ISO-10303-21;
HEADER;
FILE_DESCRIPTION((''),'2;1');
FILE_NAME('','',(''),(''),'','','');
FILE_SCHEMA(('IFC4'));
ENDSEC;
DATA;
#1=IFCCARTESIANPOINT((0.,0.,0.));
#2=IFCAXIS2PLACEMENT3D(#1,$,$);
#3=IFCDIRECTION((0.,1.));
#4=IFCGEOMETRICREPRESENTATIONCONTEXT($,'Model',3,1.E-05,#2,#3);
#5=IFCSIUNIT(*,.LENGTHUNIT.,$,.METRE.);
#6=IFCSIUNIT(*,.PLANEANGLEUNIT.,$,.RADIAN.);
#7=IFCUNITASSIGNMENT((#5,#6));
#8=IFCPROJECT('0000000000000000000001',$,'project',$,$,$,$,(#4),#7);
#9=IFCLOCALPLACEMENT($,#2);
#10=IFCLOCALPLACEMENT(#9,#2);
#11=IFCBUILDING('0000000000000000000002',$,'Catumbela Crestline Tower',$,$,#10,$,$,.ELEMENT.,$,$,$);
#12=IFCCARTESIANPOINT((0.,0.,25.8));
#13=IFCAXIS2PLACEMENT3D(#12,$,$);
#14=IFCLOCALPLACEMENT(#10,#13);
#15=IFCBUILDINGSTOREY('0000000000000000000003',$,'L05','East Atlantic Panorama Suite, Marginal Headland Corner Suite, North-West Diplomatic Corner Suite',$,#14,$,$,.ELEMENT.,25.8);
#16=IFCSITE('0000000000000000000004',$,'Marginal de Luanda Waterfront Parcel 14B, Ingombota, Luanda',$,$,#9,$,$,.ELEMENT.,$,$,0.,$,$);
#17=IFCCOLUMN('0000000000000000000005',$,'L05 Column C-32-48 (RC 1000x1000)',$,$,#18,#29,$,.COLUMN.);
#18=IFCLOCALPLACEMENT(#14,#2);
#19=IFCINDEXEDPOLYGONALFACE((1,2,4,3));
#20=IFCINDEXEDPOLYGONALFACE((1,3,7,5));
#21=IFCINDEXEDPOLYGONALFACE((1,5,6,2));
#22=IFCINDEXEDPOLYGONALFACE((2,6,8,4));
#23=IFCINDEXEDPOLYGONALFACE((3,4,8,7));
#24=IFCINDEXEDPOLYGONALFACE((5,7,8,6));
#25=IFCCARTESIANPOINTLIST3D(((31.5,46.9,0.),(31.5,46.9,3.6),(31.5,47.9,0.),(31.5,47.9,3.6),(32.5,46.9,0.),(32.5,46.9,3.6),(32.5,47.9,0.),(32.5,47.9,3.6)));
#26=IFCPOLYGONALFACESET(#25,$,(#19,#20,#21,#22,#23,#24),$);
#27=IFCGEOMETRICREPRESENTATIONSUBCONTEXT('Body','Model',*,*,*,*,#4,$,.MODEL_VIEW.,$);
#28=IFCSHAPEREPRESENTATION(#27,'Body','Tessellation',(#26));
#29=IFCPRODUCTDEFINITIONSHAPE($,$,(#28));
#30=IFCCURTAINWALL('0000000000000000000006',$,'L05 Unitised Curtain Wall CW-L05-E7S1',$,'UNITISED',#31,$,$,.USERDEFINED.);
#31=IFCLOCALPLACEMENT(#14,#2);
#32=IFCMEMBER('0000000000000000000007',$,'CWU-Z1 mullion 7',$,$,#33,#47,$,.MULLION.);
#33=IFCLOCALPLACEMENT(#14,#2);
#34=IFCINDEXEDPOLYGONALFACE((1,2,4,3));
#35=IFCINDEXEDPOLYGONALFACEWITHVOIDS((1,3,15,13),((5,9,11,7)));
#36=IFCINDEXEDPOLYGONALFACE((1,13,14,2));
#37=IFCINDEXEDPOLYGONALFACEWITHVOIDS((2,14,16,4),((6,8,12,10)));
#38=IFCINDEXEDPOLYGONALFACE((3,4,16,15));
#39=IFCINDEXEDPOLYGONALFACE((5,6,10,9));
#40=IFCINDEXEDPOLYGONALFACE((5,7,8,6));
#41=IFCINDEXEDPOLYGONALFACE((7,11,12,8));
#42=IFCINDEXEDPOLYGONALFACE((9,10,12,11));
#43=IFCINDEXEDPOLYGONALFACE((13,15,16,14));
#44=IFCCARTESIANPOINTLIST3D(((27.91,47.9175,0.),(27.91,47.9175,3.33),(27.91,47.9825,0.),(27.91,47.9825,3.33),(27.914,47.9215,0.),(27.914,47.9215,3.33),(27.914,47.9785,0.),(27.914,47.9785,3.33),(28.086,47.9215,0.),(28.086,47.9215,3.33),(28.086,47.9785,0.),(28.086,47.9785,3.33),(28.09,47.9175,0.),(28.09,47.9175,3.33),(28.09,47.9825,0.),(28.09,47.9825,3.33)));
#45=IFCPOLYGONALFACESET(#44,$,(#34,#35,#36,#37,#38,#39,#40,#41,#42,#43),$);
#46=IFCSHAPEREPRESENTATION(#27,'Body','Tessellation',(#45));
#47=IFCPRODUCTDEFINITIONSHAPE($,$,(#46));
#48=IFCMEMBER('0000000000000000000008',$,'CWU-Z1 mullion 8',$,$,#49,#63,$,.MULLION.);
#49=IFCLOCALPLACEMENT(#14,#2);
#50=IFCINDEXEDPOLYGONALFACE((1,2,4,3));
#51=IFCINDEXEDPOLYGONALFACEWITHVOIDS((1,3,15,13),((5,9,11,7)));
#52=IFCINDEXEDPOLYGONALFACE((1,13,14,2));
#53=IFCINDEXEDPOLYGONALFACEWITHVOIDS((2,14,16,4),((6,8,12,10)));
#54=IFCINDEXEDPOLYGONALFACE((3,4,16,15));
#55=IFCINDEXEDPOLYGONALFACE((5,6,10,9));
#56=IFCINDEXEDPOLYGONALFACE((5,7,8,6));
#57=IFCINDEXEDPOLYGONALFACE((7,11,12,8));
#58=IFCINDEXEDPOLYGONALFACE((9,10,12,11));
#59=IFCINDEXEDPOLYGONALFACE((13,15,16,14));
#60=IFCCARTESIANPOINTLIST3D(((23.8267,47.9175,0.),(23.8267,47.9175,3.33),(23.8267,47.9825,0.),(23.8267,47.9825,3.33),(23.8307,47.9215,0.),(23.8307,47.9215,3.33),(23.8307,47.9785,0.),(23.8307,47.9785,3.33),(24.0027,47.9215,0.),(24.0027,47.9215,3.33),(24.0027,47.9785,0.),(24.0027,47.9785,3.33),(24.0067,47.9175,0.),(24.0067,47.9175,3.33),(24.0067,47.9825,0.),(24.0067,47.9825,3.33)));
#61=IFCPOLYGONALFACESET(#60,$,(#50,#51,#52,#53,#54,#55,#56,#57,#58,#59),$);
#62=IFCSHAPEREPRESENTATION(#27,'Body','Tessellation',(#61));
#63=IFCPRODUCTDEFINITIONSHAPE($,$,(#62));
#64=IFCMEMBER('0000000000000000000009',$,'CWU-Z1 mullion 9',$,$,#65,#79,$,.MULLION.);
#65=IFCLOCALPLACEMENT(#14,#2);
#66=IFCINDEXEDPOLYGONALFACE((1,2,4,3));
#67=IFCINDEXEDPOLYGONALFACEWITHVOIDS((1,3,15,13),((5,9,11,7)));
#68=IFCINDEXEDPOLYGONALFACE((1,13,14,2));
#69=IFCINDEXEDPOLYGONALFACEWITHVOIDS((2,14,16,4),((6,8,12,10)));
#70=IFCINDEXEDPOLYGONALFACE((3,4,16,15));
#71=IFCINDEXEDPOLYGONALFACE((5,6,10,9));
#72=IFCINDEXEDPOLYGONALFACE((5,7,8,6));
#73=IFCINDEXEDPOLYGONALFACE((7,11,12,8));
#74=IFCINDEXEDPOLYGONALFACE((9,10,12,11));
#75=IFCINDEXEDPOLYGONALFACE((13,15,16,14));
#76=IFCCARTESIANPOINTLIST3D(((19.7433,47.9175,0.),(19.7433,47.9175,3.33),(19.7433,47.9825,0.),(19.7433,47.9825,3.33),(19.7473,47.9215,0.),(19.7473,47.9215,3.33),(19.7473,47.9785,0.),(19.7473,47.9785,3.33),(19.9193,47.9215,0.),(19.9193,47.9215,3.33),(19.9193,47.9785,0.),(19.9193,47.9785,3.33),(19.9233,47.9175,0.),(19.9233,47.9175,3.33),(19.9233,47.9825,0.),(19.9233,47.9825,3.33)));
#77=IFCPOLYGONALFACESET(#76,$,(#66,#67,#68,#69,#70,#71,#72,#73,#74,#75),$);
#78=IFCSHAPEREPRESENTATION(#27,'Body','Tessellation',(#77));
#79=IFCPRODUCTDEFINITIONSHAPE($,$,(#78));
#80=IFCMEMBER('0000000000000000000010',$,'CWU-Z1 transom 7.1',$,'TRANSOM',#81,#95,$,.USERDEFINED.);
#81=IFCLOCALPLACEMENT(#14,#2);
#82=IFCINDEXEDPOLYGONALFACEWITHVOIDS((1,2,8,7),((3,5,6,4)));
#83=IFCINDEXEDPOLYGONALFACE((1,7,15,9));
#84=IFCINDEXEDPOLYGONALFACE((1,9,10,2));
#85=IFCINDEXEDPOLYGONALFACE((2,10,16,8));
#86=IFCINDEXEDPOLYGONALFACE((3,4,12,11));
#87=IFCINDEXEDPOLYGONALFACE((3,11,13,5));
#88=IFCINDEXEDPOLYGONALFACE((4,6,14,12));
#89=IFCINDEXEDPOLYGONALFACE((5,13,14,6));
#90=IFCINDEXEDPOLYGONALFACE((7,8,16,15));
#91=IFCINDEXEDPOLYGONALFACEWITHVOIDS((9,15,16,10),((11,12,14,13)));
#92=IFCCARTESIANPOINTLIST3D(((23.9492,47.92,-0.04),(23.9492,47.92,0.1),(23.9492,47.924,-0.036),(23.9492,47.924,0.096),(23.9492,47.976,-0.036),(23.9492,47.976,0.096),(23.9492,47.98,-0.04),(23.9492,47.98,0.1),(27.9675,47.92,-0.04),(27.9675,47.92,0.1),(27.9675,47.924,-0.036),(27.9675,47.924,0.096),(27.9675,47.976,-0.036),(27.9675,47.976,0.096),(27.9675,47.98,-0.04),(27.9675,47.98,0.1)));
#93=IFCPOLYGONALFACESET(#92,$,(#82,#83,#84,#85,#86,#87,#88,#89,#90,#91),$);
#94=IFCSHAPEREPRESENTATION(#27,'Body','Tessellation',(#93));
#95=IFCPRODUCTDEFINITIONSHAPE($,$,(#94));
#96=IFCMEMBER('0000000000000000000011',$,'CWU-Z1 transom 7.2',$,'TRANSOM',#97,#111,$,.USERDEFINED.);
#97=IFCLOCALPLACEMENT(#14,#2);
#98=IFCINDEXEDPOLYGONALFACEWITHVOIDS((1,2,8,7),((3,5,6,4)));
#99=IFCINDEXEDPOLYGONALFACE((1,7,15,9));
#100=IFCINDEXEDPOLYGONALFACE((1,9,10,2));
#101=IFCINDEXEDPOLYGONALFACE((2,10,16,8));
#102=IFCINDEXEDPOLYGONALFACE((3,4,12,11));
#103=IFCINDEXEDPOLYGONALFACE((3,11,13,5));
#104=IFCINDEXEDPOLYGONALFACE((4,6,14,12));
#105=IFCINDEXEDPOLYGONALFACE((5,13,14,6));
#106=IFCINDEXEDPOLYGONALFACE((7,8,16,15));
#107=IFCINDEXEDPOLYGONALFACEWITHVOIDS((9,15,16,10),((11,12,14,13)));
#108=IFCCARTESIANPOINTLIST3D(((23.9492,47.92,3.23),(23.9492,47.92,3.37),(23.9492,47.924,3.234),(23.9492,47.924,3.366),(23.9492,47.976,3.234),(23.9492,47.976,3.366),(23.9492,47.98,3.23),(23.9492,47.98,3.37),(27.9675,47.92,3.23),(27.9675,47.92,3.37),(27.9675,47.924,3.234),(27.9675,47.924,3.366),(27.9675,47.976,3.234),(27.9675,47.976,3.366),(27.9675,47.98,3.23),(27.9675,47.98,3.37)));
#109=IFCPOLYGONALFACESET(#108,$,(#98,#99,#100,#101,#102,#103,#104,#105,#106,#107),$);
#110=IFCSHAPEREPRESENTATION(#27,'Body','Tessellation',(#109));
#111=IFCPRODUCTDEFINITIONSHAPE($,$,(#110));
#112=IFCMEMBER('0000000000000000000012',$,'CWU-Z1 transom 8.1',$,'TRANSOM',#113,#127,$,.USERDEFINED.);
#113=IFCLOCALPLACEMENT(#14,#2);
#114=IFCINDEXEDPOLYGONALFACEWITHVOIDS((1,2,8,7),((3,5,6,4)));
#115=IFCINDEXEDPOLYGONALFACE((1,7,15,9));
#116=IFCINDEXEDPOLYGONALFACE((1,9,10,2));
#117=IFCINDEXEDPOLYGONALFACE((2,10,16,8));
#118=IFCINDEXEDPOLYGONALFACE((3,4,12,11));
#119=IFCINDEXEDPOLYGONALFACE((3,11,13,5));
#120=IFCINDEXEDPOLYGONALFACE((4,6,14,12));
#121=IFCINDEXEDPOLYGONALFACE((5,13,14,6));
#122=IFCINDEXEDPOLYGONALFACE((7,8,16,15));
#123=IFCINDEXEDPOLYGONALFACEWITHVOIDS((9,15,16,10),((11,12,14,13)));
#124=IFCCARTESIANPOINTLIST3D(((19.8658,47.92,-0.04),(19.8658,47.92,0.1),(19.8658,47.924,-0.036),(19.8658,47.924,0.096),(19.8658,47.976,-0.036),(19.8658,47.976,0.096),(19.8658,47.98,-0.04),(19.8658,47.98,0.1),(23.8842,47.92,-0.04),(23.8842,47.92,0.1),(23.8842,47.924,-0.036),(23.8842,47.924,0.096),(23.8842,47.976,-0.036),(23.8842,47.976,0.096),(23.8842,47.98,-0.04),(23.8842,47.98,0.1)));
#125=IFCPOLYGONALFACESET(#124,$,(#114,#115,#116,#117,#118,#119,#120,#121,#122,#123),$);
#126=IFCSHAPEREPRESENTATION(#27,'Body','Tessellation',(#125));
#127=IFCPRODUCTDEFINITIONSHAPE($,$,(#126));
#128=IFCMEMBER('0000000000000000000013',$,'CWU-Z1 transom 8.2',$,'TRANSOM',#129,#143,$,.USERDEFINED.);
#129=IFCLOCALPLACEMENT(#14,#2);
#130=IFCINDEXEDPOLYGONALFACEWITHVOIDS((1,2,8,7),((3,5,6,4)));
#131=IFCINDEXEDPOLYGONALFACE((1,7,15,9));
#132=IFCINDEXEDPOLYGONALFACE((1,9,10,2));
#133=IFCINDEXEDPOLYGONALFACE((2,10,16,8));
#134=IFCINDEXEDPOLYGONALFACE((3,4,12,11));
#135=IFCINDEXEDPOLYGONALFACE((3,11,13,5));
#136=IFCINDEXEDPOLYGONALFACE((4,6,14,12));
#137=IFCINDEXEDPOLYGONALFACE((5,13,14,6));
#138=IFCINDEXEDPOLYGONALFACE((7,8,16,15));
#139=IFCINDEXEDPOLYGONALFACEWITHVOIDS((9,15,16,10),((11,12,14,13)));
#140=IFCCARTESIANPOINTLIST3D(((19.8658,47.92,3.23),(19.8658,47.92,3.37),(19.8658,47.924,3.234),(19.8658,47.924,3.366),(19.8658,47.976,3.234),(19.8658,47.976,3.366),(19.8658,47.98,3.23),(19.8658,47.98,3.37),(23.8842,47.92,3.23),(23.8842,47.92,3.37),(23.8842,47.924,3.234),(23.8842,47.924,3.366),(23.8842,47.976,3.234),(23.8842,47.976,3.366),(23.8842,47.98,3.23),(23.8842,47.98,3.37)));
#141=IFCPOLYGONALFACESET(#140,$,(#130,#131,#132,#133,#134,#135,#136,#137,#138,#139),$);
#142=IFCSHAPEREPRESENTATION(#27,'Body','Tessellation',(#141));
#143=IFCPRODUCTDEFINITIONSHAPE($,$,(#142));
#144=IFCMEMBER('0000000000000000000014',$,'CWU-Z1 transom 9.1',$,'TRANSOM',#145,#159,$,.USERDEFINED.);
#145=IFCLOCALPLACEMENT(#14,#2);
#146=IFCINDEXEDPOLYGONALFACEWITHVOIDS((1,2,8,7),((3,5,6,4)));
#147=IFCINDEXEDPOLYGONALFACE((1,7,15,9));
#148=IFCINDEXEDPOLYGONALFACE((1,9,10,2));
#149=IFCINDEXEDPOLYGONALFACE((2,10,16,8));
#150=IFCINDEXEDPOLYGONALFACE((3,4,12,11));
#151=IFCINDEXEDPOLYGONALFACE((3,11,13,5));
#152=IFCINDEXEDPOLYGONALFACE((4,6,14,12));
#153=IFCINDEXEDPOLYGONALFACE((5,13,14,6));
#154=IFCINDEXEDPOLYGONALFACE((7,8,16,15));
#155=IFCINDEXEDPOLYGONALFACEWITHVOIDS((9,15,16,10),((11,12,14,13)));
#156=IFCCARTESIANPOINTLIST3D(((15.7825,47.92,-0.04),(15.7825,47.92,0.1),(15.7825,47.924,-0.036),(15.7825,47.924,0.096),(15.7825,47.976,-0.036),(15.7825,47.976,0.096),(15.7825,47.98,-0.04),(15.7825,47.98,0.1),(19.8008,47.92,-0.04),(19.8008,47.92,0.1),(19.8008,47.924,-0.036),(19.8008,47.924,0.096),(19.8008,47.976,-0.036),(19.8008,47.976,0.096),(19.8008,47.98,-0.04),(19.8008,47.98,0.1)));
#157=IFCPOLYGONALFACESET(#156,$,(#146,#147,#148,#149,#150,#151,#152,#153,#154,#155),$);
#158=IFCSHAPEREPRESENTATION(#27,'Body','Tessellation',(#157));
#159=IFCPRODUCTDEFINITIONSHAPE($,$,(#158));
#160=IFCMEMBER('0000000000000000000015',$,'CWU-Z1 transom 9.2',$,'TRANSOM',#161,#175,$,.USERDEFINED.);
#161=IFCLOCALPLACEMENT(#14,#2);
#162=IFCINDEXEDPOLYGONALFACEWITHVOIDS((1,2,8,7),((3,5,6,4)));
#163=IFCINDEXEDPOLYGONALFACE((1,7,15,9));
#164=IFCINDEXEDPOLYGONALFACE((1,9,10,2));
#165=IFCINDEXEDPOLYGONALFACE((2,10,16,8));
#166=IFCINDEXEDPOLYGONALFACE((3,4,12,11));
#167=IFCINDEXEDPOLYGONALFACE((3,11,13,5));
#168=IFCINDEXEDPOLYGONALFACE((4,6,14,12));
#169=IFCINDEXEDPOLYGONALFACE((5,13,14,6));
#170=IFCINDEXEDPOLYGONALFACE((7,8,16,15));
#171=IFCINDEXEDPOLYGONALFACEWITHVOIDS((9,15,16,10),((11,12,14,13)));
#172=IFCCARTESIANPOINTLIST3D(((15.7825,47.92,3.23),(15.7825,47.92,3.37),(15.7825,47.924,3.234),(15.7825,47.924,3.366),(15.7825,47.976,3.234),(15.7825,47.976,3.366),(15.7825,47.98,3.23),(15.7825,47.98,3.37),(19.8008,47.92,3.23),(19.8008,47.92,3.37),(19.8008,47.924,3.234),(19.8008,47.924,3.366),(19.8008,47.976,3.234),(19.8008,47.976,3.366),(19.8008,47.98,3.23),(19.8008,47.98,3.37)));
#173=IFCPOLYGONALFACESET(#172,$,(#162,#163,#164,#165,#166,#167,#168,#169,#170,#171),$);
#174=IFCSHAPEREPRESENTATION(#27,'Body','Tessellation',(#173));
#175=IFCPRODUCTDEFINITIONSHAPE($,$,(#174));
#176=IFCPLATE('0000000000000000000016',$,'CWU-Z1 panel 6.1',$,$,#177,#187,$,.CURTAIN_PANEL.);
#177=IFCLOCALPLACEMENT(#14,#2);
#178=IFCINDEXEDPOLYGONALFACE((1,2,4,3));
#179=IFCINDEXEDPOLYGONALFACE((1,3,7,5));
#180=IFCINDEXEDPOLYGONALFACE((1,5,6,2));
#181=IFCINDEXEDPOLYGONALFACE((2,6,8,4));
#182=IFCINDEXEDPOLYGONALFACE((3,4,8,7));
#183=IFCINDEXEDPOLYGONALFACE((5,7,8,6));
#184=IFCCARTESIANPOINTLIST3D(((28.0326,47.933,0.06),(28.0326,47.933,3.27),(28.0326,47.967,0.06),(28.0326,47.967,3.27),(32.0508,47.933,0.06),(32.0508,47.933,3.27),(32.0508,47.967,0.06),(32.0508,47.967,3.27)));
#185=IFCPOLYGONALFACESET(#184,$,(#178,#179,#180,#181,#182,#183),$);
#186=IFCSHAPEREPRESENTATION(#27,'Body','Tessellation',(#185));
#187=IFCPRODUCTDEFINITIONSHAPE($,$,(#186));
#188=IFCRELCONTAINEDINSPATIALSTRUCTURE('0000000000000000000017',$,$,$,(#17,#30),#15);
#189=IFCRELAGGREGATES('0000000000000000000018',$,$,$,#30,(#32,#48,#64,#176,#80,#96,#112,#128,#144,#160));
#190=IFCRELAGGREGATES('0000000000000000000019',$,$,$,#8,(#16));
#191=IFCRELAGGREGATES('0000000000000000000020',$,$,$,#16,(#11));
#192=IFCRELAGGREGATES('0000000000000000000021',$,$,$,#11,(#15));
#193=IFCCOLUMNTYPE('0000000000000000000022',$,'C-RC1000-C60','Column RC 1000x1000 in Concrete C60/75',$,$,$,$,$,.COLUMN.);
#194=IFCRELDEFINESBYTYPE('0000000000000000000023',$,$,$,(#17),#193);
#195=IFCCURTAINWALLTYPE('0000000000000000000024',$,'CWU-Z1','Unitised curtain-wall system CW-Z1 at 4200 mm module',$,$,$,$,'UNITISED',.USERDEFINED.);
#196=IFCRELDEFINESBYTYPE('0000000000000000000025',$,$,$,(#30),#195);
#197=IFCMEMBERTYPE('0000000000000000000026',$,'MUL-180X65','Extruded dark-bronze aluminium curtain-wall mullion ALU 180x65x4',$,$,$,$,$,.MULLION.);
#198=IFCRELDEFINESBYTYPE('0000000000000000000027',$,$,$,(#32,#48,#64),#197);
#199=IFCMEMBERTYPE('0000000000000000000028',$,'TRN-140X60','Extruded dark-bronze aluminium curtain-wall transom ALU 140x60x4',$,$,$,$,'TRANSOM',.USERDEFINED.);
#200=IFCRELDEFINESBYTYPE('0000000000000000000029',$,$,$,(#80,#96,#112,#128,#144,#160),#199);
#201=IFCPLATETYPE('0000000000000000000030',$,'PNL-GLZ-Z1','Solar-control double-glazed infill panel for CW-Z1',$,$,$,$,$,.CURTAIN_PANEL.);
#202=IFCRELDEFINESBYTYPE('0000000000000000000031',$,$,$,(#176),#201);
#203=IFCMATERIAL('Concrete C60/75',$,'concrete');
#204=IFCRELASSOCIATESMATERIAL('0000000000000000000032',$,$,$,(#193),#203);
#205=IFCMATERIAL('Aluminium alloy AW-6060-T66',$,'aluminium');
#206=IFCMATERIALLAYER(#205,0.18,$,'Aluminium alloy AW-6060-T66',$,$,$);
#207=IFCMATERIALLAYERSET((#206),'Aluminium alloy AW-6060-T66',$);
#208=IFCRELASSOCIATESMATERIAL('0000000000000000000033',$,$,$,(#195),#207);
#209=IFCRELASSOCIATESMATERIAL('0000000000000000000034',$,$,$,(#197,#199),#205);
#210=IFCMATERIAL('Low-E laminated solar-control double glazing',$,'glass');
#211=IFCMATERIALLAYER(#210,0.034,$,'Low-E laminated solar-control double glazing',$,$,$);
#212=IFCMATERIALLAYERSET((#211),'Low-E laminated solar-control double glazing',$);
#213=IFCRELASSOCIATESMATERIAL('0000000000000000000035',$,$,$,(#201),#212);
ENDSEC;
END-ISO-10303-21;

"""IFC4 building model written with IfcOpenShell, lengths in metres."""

from ifc_helpers import new_model, si_unit, direction, frame, origin, origin_2d, place, context, subcontext, project, spatial, rectangle, hollow_rectangle, extrude, material, layer, layer_set, material_profile, profile_set, type_object, element, aggregate, save


model = new_model("IFC4")

# Units and contexts
model_context = context("Model", 3, precision=1e-05, world=origin(), true_north=direction((0.0, 1.0)))
body_context = subcontext(model_context, "Body", "Model", "MODEL_VIEW")
ifc_project = project(units=[si_unit("LENGTHUNIT", "METRE"), si_unit("PLANEANGLEUNIT", "RADIAN")], contexts=[model_context])

# Site, building, storey
site_placement = place(None, origin())
site = spatial("IfcSite", under=ifc_project, at=site_placement, Name="Marginal de Luanda Waterfront Parcel 14B, Ingombota, Luanda", CompositionType="ELEMENT", RefElevation=0.0)
building_placement = place(site_placement, origin())
building = spatial("IfcBuilding", under=site, at=building_placement, Name="Catumbela Crestline Tower", CompositionType="ELEMENT")
storey_placement = place(building_placement, frame((0.0, 0.0, 25.8)))
storey = spatial("IfcBuildingStorey", under=building, at=storey_placement, Name="L05", Description="East Atlantic Panorama Suite, Marginal Headland Corner Suite, North-West Diplomatic Corner Suite", CompositionType="ELEMENT", Elevation=25.8)

# Column
ifc_material_1 = material(Name="Concrete C60/75", Category="concrete")
ifc_material_profile_1 = material_profile(ifc_material_1, rectangle(XDim=1.0, YDim=1.0, at=origin_2d()), Name="RC 1000x1000")
ifc_profile_set_1 = profile_set([ifc_material_profile_1], Name="Concrete C60/75")
column_type = type_object("IfcColumnType", Name="C-RC1000-C60", Description="Column RC 1000x1000 in Concrete C60/75", PredefinedType="COLUMN", material=ifc_profile_set_1)
column_placement = place(storey_placement, frame((32.0, 47.4, 0.0), z_axis=(0.0, 0.0, 1.0), x_axis=(1.0, 0.0, 0.0)))
element("IfcColumn", 1, at=column_placement, inside=storey, type_object=column_type, Name="L05 Column C-32-48 (RC 1000x1000)", PredefinedType="COLUMN", context=body_context, shape_type="SweptSolid", body=[
    extrude(rectangle(XDim=1.0, YDim=1.0, at=origin_2d()), origin(), (0.0, 0.0, 1.0), 3.6),
])

# Curtain wall, members, plate
ifc_material_2 = material(Name="Aluminium alloy AW-6060-T66", Category="aluminium")
ifc_layer_1 = layer(ifc_material_2, 0.18, Name="Aluminium alloy AW-6060-T66")
ifc_layer_set_1 = layer_set([ifc_layer_1], Name="Aluminium alloy AW-6060-T66")
curtain_wall_type = type_object("IfcCurtainWallType", Name="CWU-Z1", Description="Unitised curtain-wall system CW-Z1 at 4200 mm module", ElementType="UNITISED", PredefinedType="USERDEFINED", material=ifc_layer_set_1)
curtain_wall_placement = place(storey_placement, origin())
curtain_wall = element("IfcCurtainWall", 2, at=curtain_wall_placement, inside=storey, type_object=curtain_wall_type, Name="L05 Unitised Curtain Wall CW-L05-E7S1", ObjectType="UNITISED", PredefinedType="USERDEFINED")
ifc_material_profile_2 = material_profile(ifc_material_2, hollow_rectangle(XDim=0.065, YDim=0.18, WallThickness=0.004, at=origin_2d()), Name="ALU 180x65x4")
ifc_profile_set_2 = profile_set([ifc_material_profile_2], Name="Aluminium alloy AW-6060-T66")
member_type_1 = type_object("IfcMemberType", Name="MUL-180X65", Description="Extruded dark-bronze aluminium curtain-wall mullion ALU 180x65x4", PredefinedType="MULLION", material=ifc_profile_set_2)
member_1_placement = place(storey_placement, frame((28.0, 47.95, 0.0), z_axis=(0.0, 0.0, 1.0), x_axis=(0.0, -1.0, 0.0)))
member_1 = element("IfcMember", 3, at=member_1_placement, type_object=member_type_1, Name="CWU-Z1 mullion 7", PredefinedType="MULLION", context=body_context, shape_type="SweptSolid", body=[
    extrude(hollow_rectangle(XDim=0.065, YDim=0.18, WallThickness=0.004, at=origin_2d()), origin(), (0.0, 0.0, 1.0), 3.33),
])
member_2_placement = place(storey_placement, frame((23.9167, 47.95, 0.0), z_axis=(0.0, 0.0, 1.0), x_axis=(0.0, -1.0, 0.0)))
member_2 = element("IfcMember", 4, at=member_2_placement, type_object=member_type_1, Name="CWU-Z1 mullion 8", PredefinedType="MULLION", context=body_context, shape_type="SweptSolid", body=[
    extrude(hollow_rectangle(XDim=0.065, YDim=0.18, WallThickness=0.004, at=origin_2d()), origin(), (0.0, 0.0, 1.0), 3.33),
])
member_3_placement = place(storey_placement, frame((19.8333, 47.95, 0.0), z_axis=(0.0, 0.0, 1.0), x_axis=(0.0, -1.0, 0.0)))
member_3 = element("IfcMember", 5, at=member_3_placement, type_object=member_type_1, Name="CWU-Z1 mullion 9", PredefinedType="MULLION", context=body_context, shape_type="SweptSolid", body=[
    extrude(hollow_rectangle(XDim=0.065, YDim=0.18, WallThickness=0.004, at=origin_2d()), origin(), (0.0, 0.0, 1.0), 3.33),
])
ifc_material_profile_3 = material_profile(ifc_material_2, hollow_rectangle(XDim=0.06, YDim=0.14, WallThickness=0.004, at=origin_2d()), Name="ALU 140x60x4")
ifc_profile_set_3 = profile_set([ifc_material_profile_3], Name="Aluminium alloy AW-6060-T66")
member_type_2 = type_object("IfcMemberType", Name="TRN-140X60", Description="Extruded dark-bronze aluminium curtain-wall transom ALU 140x60x4", ElementType="TRANSOM", PredefinedType="USERDEFINED", material=ifc_profile_set_3)
member_4_placement = place(storey_placement, frame((27.9675, 47.95, 0.03), z_axis=(-1.0, 0.0, 0.0), x_axis=(0.0, -1.0, 0.0)))
member_4 = element("IfcMember", 6, at=member_4_placement, type_object=member_type_2, Name="CWU-Z1 transom 7.1", ObjectType="TRANSOM", PredefinedType="USERDEFINED", context=body_context, shape_type="SweptSolid", body=[
    extrude(hollow_rectangle(XDim=0.06, YDim=0.14, WallThickness=0.004, at=origin_2d()), origin(), (0.0, 0.0, 1.0), 4.0183),
])
member_5_placement = place(storey_placement, frame((27.9675, 47.95, 3.3), z_axis=(-1.0, 0.0, 0.0), x_axis=(0.0, -1.0, 0.0)))
member_5 = element("IfcMember", 7, at=member_5_placement, type_object=member_type_2, Name="CWU-Z1 transom 7.2", ObjectType="TRANSOM", PredefinedType="USERDEFINED", context=body_context, shape_type="SweptSolid", body=[
    extrude(hollow_rectangle(XDim=0.06, YDim=0.14, WallThickness=0.004, at=origin_2d()), origin(), (0.0, 0.0, 1.0), 4.0183),
])
member_6_placement = place(storey_placement, frame((23.8842, 47.95, 0.03), z_axis=(-1.0, 0.0, 0.0), x_axis=(0.0, -1.0, 0.0)))
member_6 = element("IfcMember", 8, at=member_6_placement, type_object=member_type_2, Name="CWU-Z1 transom 8.1", ObjectType="TRANSOM", PredefinedType="USERDEFINED", context=body_context, shape_type="SweptSolid", body=[
    extrude(hollow_rectangle(XDim=0.06, YDim=0.14, WallThickness=0.004, at=origin_2d()), origin(), (0.0, 0.0, 1.0), 4.0184),
])
member_7_placement = place(storey_placement, frame((23.8842, 47.95, 3.3), z_axis=(-1.0, 0.0, 0.0), x_axis=(0.0, -1.0, 0.0)))
member_7 = element("IfcMember", 9, at=member_7_placement, type_object=member_type_2, Name="CWU-Z1 transom 8.2", ObjectType="TRANSOM", PredefinedType="USERDEFINED", context=body_context, shape_type="SweptSolid", body=[
    extrude(hollow_rectangle(XDim=0.06, YDim=0.14, WallThickness=0.004, at=origin_2d()), origin(), (0.0, 0.0, 1.0), 4.0184),
])
member_8_placement = place(storey_placement, frame((19.8008, 47.95, 0.03), z_axis=(-1.0, 0.0, 0.0), x_axis=(0.0, -1.0, 0.0)))
member_8 = element("IfcMember", 10, at=member_8_placement, type_object=member_type_2, Name="CWU-Z1 transom 9.1", ObjectType="TRANSOM", PredefinedType="USERDEFINED", context=body_context, shape_type="SweptSolid", body=[
    extrude(hollow_rectangle(XDim=0.06, YDim=0.14, WallThickness=0.004, at=origin_2d()), origin(), (0.0, 0.0, 1.0), 4.0183),
])
member_9_placement = place(storey_placement, frame((19.8008, 47.95, 3.3), z_axis=(-1.0, 0.0, 0.0), x_axis=(0.0, -1.0, 0.0)))
member_9 = element("IfcMember", 11, at=member_9_placement, type_object=member_type_2, Name="CWU-Z1 transom 9.2", ObjectType="TRANSOM", PredefinedType="USERDEFINED", context=body_context, shape_type="SweptSolid", body=[
    extrude(hollow_rectangle(XDim=0.06, YDim=0.14, WallThickness=0.004, at=origin_2d()), origin(), (0.0, 0.0, 1.0), 4.0183),
])
ifc_material_3 = material(Name="Low-E laminated solar-control double glazing", Category="glass")
ifc_layer_2 = layer(ifc_material_3, 0.034, Name="Low-E laminated solar-control double glazing")
ifc_layer_set_2 = layer_set([ifc_layer_2], Name="Low-E laminated solar-control double glazing")
plate_type = type_object("IfcPlateType", Name="PNL-GLZ-Z1", Description="Solar-control double-glazed infill panel for CW-Z1", PredefinedType="CURTAIN_PANEL", material=ifc_layer_set_2)
plate_1_placement = place(storey_placement, frame((30.0417, 47.95, 0.06), z_axis=(0.0, 0.0, 1.0), x_axis=(-1.0, 0.0, 0.0)))
plate_1 = element("IfcPlate", 12, at=plate_1_placement, type_object=plate_type, Name="CWU-Z1 panel 6.1", PredefinedType="CURTAIN_PANEL", context=body_context, shape_type="SweptSolid", body=[
    extrude(rectangle(XDim=4.0183, YDim=0.034, at=origin_2d()), origin(), (0.0, 0.0, 1.0), 3.21),
])
aggregate(curtain_wall, [member_1, member_2, member_3, plate_1, member_4, member_5, member_6, member_7, member_8, member_9])

save(model, "model.ifc")
